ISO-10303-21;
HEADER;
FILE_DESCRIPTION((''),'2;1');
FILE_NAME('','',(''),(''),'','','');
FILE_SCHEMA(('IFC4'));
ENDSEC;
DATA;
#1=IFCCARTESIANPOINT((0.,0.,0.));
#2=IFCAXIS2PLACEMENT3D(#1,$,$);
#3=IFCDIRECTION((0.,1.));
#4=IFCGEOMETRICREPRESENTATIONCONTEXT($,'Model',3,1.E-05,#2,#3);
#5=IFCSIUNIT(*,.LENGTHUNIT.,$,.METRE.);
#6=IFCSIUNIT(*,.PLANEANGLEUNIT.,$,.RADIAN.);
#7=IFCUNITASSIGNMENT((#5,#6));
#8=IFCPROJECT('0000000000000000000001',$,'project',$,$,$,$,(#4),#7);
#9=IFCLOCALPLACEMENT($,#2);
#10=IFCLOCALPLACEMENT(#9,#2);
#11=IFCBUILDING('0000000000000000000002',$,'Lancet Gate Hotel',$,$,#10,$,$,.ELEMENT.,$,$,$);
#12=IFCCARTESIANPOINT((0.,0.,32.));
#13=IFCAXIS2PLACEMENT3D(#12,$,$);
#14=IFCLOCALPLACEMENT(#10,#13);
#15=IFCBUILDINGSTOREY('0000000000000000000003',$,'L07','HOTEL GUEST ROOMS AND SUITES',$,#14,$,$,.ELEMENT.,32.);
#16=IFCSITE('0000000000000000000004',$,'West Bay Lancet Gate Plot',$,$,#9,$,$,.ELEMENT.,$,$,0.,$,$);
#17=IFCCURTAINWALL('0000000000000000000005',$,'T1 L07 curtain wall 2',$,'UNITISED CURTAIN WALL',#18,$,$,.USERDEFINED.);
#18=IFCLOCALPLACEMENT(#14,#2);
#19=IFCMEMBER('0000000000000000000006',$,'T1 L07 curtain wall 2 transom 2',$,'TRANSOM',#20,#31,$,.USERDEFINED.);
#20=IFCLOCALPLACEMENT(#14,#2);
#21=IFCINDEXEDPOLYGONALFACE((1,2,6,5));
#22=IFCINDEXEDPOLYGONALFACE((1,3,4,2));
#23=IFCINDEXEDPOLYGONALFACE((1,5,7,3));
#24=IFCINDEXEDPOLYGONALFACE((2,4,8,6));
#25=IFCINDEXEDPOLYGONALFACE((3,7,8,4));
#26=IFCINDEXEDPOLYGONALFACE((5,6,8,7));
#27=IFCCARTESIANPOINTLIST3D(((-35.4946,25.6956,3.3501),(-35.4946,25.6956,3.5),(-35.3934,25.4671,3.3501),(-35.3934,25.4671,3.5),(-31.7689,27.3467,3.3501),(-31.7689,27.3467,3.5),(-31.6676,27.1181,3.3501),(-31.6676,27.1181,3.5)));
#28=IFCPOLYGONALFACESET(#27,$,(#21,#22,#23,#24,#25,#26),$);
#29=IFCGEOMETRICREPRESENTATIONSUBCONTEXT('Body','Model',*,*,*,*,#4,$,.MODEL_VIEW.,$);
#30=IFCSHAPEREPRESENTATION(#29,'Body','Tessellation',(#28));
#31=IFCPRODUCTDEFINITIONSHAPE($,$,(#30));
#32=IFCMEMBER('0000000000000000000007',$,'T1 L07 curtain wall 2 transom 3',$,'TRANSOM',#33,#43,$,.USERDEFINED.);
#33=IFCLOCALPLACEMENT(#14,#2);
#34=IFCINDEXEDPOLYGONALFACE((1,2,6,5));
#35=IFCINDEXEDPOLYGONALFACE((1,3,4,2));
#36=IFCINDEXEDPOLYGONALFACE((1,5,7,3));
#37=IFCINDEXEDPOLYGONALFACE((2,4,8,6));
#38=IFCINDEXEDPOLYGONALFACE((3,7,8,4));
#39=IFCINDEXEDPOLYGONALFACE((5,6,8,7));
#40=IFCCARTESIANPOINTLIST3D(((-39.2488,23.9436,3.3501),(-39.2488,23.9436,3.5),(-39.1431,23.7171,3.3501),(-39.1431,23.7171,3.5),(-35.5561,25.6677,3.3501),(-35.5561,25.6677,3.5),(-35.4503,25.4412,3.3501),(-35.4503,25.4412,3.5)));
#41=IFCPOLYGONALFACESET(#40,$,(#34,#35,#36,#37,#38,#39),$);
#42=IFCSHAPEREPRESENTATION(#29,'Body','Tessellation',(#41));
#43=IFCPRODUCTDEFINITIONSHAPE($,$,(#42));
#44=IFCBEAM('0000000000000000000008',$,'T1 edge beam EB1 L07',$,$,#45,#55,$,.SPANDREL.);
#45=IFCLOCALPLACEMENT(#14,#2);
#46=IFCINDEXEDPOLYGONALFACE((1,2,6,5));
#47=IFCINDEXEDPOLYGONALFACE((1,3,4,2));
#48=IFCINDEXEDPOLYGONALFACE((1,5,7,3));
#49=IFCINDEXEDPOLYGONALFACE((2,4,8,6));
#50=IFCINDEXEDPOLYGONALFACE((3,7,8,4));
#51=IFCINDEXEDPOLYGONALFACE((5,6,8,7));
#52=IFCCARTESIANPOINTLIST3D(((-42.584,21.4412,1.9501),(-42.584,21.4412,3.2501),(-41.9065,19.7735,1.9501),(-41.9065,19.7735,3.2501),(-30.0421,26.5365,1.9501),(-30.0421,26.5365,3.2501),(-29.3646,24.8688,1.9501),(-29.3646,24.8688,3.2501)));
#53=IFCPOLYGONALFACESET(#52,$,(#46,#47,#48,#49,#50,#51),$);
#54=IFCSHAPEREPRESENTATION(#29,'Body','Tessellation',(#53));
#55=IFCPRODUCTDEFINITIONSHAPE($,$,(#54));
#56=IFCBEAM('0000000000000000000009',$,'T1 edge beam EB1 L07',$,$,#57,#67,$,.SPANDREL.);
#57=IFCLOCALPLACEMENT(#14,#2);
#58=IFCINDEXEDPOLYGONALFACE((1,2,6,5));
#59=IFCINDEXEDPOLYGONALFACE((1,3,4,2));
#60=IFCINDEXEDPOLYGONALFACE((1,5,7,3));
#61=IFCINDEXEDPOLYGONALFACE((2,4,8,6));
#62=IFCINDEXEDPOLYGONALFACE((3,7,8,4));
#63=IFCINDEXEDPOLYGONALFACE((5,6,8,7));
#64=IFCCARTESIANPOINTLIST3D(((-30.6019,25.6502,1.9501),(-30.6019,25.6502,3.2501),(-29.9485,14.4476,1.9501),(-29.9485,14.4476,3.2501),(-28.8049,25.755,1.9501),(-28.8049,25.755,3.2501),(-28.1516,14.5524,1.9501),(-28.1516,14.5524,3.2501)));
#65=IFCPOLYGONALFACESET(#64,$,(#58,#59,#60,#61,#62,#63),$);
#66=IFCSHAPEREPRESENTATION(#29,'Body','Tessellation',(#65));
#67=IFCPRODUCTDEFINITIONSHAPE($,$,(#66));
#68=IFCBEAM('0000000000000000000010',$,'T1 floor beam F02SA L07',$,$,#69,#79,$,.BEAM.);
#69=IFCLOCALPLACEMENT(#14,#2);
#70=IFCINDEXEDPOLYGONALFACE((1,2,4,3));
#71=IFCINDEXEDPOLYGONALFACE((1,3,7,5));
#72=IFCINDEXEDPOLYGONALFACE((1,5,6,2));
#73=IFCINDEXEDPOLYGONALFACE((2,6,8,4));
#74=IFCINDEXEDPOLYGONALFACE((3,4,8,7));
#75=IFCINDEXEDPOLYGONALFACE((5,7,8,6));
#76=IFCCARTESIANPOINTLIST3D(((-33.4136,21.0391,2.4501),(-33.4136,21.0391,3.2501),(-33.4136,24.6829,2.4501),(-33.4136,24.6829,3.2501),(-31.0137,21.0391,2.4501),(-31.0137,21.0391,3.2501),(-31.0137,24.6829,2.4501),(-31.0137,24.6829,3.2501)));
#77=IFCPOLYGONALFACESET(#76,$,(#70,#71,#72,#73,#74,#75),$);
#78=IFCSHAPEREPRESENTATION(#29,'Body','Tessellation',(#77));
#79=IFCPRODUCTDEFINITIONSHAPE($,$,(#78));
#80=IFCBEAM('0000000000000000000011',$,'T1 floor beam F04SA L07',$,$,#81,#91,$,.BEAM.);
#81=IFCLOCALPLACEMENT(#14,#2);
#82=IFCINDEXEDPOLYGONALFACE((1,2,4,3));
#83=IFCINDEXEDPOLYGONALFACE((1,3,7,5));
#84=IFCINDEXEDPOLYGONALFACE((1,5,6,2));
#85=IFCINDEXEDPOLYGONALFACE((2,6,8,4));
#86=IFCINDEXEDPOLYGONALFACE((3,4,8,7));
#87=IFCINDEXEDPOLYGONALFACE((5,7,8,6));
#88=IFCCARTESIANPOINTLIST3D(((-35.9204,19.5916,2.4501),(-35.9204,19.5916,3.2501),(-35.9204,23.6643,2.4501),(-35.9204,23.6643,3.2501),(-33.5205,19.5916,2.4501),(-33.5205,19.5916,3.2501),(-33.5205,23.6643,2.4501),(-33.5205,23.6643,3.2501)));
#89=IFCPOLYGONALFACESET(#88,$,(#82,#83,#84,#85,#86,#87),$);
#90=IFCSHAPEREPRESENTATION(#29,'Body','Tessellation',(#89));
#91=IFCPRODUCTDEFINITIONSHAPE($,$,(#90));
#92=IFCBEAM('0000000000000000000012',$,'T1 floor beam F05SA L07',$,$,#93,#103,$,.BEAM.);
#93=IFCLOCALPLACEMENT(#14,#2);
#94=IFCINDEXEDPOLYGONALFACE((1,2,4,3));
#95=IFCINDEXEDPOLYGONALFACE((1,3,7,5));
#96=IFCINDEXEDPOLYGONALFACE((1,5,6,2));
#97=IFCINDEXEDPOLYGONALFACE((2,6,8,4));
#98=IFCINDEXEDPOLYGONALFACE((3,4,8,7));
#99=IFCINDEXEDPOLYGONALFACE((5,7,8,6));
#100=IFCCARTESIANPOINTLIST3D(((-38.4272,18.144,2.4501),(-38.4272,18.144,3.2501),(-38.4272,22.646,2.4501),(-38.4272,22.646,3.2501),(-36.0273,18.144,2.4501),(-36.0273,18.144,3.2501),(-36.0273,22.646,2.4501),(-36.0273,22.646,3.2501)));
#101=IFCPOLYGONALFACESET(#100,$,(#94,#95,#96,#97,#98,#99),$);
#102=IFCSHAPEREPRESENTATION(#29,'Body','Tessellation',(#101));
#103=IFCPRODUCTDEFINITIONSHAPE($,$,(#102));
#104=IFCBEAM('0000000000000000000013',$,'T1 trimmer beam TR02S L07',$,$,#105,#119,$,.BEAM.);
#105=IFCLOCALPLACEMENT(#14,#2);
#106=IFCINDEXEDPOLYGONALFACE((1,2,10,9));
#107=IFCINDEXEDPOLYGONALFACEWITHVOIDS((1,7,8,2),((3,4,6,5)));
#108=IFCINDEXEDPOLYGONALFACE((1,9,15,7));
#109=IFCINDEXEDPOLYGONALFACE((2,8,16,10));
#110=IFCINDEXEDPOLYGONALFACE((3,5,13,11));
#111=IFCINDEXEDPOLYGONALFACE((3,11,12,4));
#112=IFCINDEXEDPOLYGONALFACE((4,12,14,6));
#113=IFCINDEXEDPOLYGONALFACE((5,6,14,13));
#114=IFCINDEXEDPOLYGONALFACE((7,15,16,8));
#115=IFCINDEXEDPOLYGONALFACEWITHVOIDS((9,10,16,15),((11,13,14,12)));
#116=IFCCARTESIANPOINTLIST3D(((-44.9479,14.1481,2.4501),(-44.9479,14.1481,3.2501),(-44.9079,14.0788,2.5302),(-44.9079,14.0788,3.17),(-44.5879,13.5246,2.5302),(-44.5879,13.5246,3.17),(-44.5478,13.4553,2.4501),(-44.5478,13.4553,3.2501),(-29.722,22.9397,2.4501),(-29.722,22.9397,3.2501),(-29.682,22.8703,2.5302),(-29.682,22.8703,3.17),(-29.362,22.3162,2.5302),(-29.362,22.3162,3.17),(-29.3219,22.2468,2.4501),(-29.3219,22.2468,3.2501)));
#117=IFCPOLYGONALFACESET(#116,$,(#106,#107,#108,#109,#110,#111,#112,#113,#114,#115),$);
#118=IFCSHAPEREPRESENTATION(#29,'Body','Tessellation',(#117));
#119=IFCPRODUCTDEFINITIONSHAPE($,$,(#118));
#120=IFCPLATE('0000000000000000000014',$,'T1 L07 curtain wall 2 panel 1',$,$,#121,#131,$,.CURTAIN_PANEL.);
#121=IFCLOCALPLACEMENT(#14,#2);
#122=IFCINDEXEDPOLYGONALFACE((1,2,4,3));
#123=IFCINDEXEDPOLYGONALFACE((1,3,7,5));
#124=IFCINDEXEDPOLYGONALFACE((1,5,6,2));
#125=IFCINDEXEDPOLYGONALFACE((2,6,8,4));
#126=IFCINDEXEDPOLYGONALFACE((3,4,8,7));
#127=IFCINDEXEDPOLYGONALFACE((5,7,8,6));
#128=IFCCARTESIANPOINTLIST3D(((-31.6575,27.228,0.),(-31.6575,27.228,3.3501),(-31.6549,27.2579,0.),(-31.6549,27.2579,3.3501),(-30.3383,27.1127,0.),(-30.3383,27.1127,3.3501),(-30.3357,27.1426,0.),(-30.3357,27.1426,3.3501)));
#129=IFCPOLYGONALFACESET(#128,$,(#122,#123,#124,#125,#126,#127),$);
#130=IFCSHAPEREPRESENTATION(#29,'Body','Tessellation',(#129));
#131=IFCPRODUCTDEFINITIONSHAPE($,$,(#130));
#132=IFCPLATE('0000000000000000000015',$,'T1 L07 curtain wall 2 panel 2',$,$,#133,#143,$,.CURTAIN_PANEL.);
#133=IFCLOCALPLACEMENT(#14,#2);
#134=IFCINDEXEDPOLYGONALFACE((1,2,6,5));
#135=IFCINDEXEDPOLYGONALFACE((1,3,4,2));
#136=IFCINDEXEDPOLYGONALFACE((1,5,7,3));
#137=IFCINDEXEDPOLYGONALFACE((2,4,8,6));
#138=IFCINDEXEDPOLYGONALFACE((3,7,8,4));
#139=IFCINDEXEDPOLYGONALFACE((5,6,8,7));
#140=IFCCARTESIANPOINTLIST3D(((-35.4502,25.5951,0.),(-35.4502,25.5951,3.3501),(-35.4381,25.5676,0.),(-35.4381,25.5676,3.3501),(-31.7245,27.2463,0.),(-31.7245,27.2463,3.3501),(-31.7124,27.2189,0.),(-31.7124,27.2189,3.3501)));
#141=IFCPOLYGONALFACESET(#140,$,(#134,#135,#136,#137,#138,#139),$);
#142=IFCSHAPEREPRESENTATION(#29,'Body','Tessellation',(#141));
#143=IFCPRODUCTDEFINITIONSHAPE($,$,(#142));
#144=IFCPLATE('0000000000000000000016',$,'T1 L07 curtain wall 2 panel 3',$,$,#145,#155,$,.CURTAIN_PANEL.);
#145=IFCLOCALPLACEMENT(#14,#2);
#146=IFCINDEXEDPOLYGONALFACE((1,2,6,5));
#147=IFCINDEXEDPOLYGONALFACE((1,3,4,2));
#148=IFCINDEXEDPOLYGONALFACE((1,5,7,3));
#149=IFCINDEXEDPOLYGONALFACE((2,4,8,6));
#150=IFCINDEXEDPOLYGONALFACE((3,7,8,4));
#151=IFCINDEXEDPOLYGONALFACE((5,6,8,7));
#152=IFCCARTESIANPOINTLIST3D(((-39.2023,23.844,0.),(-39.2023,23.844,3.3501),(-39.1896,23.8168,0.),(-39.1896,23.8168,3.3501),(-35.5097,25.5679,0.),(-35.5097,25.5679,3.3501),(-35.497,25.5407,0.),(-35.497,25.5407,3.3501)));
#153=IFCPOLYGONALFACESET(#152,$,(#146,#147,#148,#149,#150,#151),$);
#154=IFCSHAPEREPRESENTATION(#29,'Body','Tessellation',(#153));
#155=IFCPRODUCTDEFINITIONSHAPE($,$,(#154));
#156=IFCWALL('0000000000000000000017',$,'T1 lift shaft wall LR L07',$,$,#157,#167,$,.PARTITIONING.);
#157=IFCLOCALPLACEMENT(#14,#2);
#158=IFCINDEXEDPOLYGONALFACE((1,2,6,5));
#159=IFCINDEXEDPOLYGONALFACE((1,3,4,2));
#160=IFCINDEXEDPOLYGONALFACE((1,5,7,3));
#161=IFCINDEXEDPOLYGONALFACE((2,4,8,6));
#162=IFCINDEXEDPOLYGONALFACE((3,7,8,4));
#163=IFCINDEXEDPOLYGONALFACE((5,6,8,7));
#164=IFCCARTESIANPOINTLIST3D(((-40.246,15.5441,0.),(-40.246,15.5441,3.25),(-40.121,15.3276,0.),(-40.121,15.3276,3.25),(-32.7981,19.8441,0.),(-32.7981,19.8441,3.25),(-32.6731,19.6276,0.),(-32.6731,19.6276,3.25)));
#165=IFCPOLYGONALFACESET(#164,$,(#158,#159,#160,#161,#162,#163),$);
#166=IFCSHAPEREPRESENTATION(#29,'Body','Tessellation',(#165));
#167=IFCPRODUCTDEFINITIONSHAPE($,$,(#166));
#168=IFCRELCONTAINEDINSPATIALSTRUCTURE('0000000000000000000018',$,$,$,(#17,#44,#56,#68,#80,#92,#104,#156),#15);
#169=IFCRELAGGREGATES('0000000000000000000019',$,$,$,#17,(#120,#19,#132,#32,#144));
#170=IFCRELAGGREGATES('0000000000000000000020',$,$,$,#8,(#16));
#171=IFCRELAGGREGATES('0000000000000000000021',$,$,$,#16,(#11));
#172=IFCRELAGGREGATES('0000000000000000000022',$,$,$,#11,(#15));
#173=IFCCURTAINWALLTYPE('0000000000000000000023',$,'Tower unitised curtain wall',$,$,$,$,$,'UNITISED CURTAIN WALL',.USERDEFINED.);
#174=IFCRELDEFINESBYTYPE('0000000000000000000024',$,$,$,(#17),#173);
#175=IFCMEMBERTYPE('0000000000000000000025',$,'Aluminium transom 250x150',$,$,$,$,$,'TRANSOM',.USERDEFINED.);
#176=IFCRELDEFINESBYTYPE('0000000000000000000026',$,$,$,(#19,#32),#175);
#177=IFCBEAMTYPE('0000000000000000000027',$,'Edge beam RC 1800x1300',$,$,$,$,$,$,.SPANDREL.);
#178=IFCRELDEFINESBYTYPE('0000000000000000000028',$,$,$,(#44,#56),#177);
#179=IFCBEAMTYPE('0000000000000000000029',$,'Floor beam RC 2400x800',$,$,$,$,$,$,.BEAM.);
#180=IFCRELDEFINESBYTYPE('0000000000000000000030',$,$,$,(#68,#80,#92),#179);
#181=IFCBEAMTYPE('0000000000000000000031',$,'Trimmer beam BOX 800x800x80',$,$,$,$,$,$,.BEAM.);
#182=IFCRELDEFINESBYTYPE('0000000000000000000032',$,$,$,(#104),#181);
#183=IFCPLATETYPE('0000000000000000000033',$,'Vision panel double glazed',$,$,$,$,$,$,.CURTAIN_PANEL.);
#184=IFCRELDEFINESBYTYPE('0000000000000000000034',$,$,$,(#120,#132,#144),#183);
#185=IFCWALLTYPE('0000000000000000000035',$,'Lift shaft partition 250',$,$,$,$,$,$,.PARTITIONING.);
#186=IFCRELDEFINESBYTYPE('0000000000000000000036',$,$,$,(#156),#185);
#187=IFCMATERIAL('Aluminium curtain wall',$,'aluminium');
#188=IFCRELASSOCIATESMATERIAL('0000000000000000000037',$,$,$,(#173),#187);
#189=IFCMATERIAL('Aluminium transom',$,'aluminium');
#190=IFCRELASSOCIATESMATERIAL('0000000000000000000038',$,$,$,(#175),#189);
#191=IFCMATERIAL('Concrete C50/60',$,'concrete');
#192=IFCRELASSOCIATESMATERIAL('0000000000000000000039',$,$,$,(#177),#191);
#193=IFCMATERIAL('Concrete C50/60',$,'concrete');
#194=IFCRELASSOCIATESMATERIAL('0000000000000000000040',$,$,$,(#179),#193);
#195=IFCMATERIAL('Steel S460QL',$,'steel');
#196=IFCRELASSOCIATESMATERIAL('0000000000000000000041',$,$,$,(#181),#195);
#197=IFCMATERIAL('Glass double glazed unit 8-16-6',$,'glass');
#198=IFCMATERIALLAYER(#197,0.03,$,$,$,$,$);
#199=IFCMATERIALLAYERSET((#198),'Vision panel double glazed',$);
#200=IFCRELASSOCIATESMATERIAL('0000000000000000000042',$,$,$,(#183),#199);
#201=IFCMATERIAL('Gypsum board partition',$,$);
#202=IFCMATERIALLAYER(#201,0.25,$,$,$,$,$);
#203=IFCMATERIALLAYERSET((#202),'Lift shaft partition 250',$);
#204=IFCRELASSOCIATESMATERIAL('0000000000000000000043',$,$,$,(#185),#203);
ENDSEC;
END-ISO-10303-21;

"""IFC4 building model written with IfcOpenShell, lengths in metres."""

from ifc_helpers import new_model, si_unit, direction, frame, frame_2d, origin, origin_2d, place, context, subcontext, project, spatial, rectangle, hollow_rectangle, extrude, material, layer, layer_set, material_profile, profile_set, type_object, element, aggregate, save


model = new_model("IFC4")

# Units and contexts
model_context = context("Model", 3, precision=1e-05, world=origin(), true_north=direction((0.0, 1.0)))
body_context = subcontext(model_context, "Body", "Model", "MODEL_VIEW")
ifc_project = project(units=[si_unit("LENGTHUNIT", "METRE"), si_unit("PLANEANGLEUNIT", "RADIAN")], contexts=[model_context])

# Site, building, storey
site_placement = place(None, origin())
site = spatial("IfcSite", under=ifc_project, at=site_placement, Name="West Bay Lancet Gate Plot", CompositionType="ELEMENT", RefElevation=0.0)
building_placement = place(site_placement, origin())
building = spatial("IfcBuilding", under=site, at=building_placement, Name="Lancet Gate Hotel", CompositionType="ELEMENT")
storey_placement = place(building_placement, frame((0.0, 0.0, 32.0)))
storey = spatial("IfcBuildingStorey", under=building, at=storey_placement, Name="L07", Description="HOTEL GUEST ROOMS AND SUITES", CompositionType="ELEMENT", Elevation=32.0)

# Curtain wall, members
ifc_material_1 = material(Name="Aluminium curtain wall", Category="aluminium")
curtain_wall_type = type_object("IfcCurtainWallType", Name="Tower unitised curtain wall", ElementType="UNITISED CURTAIN WALL", PredefinedType="USERDEFINED", material=ifc_material_1)
curtain_wall_placement = place(storey_placement, origin())
curtain_wall = element("IfcCurtainWall", 1, at=curtain_wall_placement, inside=storey, type_object=curtain_wall_type, Name="T1 L07 curtain wall 2", ObjectType="UNITISED CURTAIN WALL", PredefinedType="USERDEFINED")
ifc_material_2 = material(Name="Aluminium transom", Category="aluminium")
ifc_material_profile_1 = material_profile(ifc_material_2, rectangle(XDim=0.25, YDim=0.1499, at=origin_2d()), Name="TRANSOM 250x150")
ifc_profile_set_1 = profile_set([ifc_material_profile_1], Name="Aluminium transom")
member_type_1 = type_object("IfcMemberType", Name="Aluminium transom 250x150", ElementType="TRANSOM", PredefinedType="USERDEFINED", material=ifc_profile_set_1)
member_1_placement = place(storey_placement, frame((-31.7183, 27.2324, 3.425), z_axis=(-0.914248, -0.405154, 0.0), x_axis=(0.405154, -0.914248, 0.0)))
member_1 = element("IfcMember", 2, at=member_1_placement, type_object=member_type_1, Name="T1 L07 curtain wall 2 transom 2", ObjectType="TRANSOM", PredefinedType="USERDEFINED", context=body_context, shape_type="SweptSolid", body=[
    extrude(rectangle(XDim=0.25, YDim=0.1499, at=origin_2d()), origin(), (0.0, 0.0, 1.0), 4.0752),
])
member_2_placement = place(storey_placement, frame((-35.5032, 25.5544, 3.425), z_axis=(-0.90611, -0.423043, 0.0), x_axis=(0.423043, -0.90611, 0.0)))
member_2 = element("IfcMember", 3, at=member_2_placement, type_object=member_type_1, Name="T1 L07 curtain wall 2 transom 3", ObjectType="TRANSOM", PredefinedType="USERDEFINED", context=body_context, shape_type="SweptSolid", body=[
    extrude(rectangle(XDim=0.25, YDim=0.1499, at=origin_2d()), origin(), (0.0, 0.0, 1.0), 4.0754),
])

# Beams
ifc_material_3 = material(Name="Concrete C50/60", Category="concrete")
ifc_material_profile_2 = material_profile(ifc_material_3, rectangle(XDim=1.8, YDim=1.3, at=origin_2d()), Name="RC 1800x1300")
ifc_profile_set_2 = profile_set([ifc_material_profile_2], Name="Concrete C50/60")
beam_type_1 = type_object("IfcBeamType", Name="Edge beam RC 1800x1300", PredefinedType="SPANDREL", material=ifc_profile_set_2)
beam_1_placement = place(storey_placement, frame((-29.7034, 25.7026, 2.6001), z_axis=(-0.926463, -0.376385, 0.0), x_axis=(0.376385, -0.926463, 0.0)))
element("IfcBeam", 4, at=beam_1_placement, inside=storey, type_object=beam_type_1, Name="T1 edge beam EB1 L07", PredefinedType="SPANDREL", context=body_context, shape_type="SweptSolid", body=[
    extrude(rectangle(XDim=1.8, YDim=1.3, at=origin_2d()), origin(), (0.0, 0.0, 1.0), 13.5374),
])
beam_2_placement = place(storey_placement, frame((-29.7034, 25.7026, 2.6001), z_axis=(0.05822, -0.998304, 0.0), x_axis=(0.998304, 0.05822, 0.0)))
element("IfcBeam", 5, at=beam_2_placement, inside=storey, type_object=beam_type_1, Name="T1 edge beam EB1 L07", PredefinedType="SPANDREL", context=body_context, shape_type="SweptSolid", body=[
    extrude(rectangle(XDim=1.8, YDim=1.3, at=origin_2d()), origin(), (0.0, 0.0, 1.0), 11.2217),
])
ifc_material_4 = material(Name="Concrete C50/60", Category="concrete")
ifc_material_profile_3 = material_profile(ifc_material_4, rectangle(XDim=2.3999, YDim=0.8, at=origin_2d()), Name="RC 2400x800")
ifc_profile_set_3 = profile_set([ifc_material_profile_3], Name="Concrete C50/60")
beam_type_2 = type_object("IfcBeamType", Name="Floor beam RC 2400x800", PredefinedType="BEAM", material=ifc_profile_set_3)
beam_3_placement = place(storey_placement, frame((-32.2136, 24.6829, 2.8501), z_axis=(0.0, -1.0, 0.0), x_axis=(1.0, 0.0, 0.0)))
element("IfcBeam", 6, at=beam_3_placement, inside=storey, type_object=beam_type_2, Name="T1 floor beam F02SA L07", PredefinedType="BEAM", context=body_context, shape_type="SweptSolid", body=[
    extrude(rectangle(XDim=2.3999, YDim=0.8, at=origin_2d()), origin(), (0.0, 0.0, 1.0), 3.6438),
])
beam_4_placement = place(storey_placement, frame((-34.7205, 23.6643, 2.8501), z_axis=(0.0, -1.0, 0.0), x_axis=(1.0, 0.0, 0.0)))
element("IfcBeam", 7, at=beam_4_placement, inside=storey, type_object=beam_type_2, Name="T1 floor beam F04SA L07", PredefinedType="BEAM", context=body_context, shape_type="SweptSolid", body=[
    extrude(rectangle(XDim=2.3999, YDim=0.8, at=origin_2d()), origin(), (0.0, 0.0, 1.0), 4.0728),
])
beam_5_placement = place(storey_placement, frame((-37.2273, 22.646, 2.8501), z_axis=(0.0, -1.0, 0.0), x_axis=(1.0, 0.0, 0.0)))
element("IfcBeam", 8, at=beam_5_placement, inside=storey, type_object=beam_type_2, Name="T1 floor beam F05SA L07", PredefinedType="BEAM", context=body_context, shape_type="SweptSolid", body=[
    extrude(rectangle(XDim=2.3999, YDim=0.8, at=origin_2d()), origin(), (0.0, 0.0, 1.0), 4.502),
])
ifc_material_5 = material(Name="Steel S460QL", Category="steel")
ifc_material_profile_4 = material_profile(ifc_material_5, hollow_rectangle(XDim=0.8, YDim=0.8, WallThickness=0.0801, at=origin_2d()), Name="BOX 800x800x80")
ifc_profile_set_4 = profile_set([ifc_material_profile_4], Name="Steel S460QL")
beam_type_3 = type_object("IfcBeamType", Name="Trimmer beam BOX 800x800x80", PredefinedType="BEAM", material=ifc_profile_set_4)
beam_6_placement = place(storey_placement, frame((-29.522, 22.5933, 2.8501), z_axis=(-0.866004, -0.500037, 0.0), x_axis=(0.500037, -0.866004, 0.0)))
element("IfcBeam", 9, at=beam_6_placement, inside=storey, type_object=beam_type_3, Name="T1 trimmer beam TR02S L07", PredefinedType="BEAM", context=body_context, shape_type="SweptSolid", body=[
    extrude(hollow_rectangle(XDim=0.8, YDim=0.8, WallThickness=0.0801, at=origin_2d()), origin(), (0.0, 0.0, 1.0), 17.5818),
])

# Plates
ifc_material_6 = material(Name="Glass double glazed unit 8-16-6", Category="glass")
ifc_layer_1 = layer(ifc_material_6, 0.03)
ifc_layer_set_1 = layer_set([ifc_layer_1], Name="Vision panel double glazed")
plate_type = type_object("IfcPlateType", Name="Vision panel double glazed", PredefinedType="CURTAIN_PANEL", material=ifc_layer_set_1)
plate_1_placement = place(storey_placement, frame((-30.9966, 27.1853, 0.0), z_axis=(0.0, 0.0, 1.0), x_axis=(-0.996204, 0.087052, 0.0)))
plate_1 = element("IfcPlate", 10, at=plate_1_placement, type_object=plate_type, Name="T1 L07 curtain wall 2 panel 1", PredefinedType="CURTAIN_PANEL", context=body_context, shape_type="SweptSolid", body=[
    extrude(rectangle(XDim=1.3242, YDim=0.03, at=origin_2d()), origin(), (0.0, 0.0, 1.0), 3.3501),
])
plate_2_placement = place(storey_placement, frame((-33.5813, 26.407, 0.0), z_axis=(0.0, 0.0, 1.0), x_axis=(-0.914234, -0.405186, 0.0)))
plate_2 = element("IfcPlate", 11, at=plate_2_placement, type_object=plate_type, Name="T1 L07 curtain wall 2 panel 2", PredefinedType="CURTAIN_PANEL", context=body_context, shape_type="SweptSolid", body=[
    extrude(rectangle(XDim=4.0752, YDim=0.03, at=origin_2d()), origin(), (0.0, 0.0, 1.0), 3.3501),
])
plate_3_placement = place(storey_placement, frame((-37.3496, 24.6924, 0.0), z_axis=(0.0, 0.0, 1.0), x_axis=(-0.906118, -0.423026, 0.0)))
plate_3 = element("IfcPlate", 12, at=plate_3_placement, type_object=plate_type, Name="T1 L07 curtain wall 2 panel 3", PredefinedType="CURTAIN_PANEL", context=body_context, shape_type="SweptSolid", body=[
    extrude(rectangle(XDim=4.0752, YDim=0.03, at=origin_2d()), origin(), (0.0, 0.0, 1.0), 3.3501),
])
aggregate(curtain_wall, [plate_1, member_1, plate_2, member_2, plate_3])

# Wall
ifc_material_7 = material(Name="Gypsum board partition")
ifc_layer_2 = layer(ifc_material_7, 0.25)
ifc_layer_set_2 = layer_set([ifc_layer_2], Name="Lift shaft partition 250")
wall_type = type_object("IfcWallType", Name="Lift shaft partition 250", PredefinedType="PARTITIONING", material=ifc_layer_set_2)
wall_placement = place(storey_placement, frame((-32.7356, 19.7358, 0.0), z_axis=(0.0, 0.0, 1.0), x_axis=(-0.866028, -0.499995, 0.0)))
element("IfcWall", 13, at=wall_placement, inside=storey, type_object=wall_type, Name="T1 lift shaft wall LR L07", PredefinedType="PARTITIONING", context=body_context, shape_type="SweptSolid", body=[
    extrude(rectangle(XDim=8.6001, YDim=0.25, at=frame_2d((4.3, 0.0))), origin(), (0.0, 0.0, 1.0), 3.25),
])

save(model, "model.ifc")
